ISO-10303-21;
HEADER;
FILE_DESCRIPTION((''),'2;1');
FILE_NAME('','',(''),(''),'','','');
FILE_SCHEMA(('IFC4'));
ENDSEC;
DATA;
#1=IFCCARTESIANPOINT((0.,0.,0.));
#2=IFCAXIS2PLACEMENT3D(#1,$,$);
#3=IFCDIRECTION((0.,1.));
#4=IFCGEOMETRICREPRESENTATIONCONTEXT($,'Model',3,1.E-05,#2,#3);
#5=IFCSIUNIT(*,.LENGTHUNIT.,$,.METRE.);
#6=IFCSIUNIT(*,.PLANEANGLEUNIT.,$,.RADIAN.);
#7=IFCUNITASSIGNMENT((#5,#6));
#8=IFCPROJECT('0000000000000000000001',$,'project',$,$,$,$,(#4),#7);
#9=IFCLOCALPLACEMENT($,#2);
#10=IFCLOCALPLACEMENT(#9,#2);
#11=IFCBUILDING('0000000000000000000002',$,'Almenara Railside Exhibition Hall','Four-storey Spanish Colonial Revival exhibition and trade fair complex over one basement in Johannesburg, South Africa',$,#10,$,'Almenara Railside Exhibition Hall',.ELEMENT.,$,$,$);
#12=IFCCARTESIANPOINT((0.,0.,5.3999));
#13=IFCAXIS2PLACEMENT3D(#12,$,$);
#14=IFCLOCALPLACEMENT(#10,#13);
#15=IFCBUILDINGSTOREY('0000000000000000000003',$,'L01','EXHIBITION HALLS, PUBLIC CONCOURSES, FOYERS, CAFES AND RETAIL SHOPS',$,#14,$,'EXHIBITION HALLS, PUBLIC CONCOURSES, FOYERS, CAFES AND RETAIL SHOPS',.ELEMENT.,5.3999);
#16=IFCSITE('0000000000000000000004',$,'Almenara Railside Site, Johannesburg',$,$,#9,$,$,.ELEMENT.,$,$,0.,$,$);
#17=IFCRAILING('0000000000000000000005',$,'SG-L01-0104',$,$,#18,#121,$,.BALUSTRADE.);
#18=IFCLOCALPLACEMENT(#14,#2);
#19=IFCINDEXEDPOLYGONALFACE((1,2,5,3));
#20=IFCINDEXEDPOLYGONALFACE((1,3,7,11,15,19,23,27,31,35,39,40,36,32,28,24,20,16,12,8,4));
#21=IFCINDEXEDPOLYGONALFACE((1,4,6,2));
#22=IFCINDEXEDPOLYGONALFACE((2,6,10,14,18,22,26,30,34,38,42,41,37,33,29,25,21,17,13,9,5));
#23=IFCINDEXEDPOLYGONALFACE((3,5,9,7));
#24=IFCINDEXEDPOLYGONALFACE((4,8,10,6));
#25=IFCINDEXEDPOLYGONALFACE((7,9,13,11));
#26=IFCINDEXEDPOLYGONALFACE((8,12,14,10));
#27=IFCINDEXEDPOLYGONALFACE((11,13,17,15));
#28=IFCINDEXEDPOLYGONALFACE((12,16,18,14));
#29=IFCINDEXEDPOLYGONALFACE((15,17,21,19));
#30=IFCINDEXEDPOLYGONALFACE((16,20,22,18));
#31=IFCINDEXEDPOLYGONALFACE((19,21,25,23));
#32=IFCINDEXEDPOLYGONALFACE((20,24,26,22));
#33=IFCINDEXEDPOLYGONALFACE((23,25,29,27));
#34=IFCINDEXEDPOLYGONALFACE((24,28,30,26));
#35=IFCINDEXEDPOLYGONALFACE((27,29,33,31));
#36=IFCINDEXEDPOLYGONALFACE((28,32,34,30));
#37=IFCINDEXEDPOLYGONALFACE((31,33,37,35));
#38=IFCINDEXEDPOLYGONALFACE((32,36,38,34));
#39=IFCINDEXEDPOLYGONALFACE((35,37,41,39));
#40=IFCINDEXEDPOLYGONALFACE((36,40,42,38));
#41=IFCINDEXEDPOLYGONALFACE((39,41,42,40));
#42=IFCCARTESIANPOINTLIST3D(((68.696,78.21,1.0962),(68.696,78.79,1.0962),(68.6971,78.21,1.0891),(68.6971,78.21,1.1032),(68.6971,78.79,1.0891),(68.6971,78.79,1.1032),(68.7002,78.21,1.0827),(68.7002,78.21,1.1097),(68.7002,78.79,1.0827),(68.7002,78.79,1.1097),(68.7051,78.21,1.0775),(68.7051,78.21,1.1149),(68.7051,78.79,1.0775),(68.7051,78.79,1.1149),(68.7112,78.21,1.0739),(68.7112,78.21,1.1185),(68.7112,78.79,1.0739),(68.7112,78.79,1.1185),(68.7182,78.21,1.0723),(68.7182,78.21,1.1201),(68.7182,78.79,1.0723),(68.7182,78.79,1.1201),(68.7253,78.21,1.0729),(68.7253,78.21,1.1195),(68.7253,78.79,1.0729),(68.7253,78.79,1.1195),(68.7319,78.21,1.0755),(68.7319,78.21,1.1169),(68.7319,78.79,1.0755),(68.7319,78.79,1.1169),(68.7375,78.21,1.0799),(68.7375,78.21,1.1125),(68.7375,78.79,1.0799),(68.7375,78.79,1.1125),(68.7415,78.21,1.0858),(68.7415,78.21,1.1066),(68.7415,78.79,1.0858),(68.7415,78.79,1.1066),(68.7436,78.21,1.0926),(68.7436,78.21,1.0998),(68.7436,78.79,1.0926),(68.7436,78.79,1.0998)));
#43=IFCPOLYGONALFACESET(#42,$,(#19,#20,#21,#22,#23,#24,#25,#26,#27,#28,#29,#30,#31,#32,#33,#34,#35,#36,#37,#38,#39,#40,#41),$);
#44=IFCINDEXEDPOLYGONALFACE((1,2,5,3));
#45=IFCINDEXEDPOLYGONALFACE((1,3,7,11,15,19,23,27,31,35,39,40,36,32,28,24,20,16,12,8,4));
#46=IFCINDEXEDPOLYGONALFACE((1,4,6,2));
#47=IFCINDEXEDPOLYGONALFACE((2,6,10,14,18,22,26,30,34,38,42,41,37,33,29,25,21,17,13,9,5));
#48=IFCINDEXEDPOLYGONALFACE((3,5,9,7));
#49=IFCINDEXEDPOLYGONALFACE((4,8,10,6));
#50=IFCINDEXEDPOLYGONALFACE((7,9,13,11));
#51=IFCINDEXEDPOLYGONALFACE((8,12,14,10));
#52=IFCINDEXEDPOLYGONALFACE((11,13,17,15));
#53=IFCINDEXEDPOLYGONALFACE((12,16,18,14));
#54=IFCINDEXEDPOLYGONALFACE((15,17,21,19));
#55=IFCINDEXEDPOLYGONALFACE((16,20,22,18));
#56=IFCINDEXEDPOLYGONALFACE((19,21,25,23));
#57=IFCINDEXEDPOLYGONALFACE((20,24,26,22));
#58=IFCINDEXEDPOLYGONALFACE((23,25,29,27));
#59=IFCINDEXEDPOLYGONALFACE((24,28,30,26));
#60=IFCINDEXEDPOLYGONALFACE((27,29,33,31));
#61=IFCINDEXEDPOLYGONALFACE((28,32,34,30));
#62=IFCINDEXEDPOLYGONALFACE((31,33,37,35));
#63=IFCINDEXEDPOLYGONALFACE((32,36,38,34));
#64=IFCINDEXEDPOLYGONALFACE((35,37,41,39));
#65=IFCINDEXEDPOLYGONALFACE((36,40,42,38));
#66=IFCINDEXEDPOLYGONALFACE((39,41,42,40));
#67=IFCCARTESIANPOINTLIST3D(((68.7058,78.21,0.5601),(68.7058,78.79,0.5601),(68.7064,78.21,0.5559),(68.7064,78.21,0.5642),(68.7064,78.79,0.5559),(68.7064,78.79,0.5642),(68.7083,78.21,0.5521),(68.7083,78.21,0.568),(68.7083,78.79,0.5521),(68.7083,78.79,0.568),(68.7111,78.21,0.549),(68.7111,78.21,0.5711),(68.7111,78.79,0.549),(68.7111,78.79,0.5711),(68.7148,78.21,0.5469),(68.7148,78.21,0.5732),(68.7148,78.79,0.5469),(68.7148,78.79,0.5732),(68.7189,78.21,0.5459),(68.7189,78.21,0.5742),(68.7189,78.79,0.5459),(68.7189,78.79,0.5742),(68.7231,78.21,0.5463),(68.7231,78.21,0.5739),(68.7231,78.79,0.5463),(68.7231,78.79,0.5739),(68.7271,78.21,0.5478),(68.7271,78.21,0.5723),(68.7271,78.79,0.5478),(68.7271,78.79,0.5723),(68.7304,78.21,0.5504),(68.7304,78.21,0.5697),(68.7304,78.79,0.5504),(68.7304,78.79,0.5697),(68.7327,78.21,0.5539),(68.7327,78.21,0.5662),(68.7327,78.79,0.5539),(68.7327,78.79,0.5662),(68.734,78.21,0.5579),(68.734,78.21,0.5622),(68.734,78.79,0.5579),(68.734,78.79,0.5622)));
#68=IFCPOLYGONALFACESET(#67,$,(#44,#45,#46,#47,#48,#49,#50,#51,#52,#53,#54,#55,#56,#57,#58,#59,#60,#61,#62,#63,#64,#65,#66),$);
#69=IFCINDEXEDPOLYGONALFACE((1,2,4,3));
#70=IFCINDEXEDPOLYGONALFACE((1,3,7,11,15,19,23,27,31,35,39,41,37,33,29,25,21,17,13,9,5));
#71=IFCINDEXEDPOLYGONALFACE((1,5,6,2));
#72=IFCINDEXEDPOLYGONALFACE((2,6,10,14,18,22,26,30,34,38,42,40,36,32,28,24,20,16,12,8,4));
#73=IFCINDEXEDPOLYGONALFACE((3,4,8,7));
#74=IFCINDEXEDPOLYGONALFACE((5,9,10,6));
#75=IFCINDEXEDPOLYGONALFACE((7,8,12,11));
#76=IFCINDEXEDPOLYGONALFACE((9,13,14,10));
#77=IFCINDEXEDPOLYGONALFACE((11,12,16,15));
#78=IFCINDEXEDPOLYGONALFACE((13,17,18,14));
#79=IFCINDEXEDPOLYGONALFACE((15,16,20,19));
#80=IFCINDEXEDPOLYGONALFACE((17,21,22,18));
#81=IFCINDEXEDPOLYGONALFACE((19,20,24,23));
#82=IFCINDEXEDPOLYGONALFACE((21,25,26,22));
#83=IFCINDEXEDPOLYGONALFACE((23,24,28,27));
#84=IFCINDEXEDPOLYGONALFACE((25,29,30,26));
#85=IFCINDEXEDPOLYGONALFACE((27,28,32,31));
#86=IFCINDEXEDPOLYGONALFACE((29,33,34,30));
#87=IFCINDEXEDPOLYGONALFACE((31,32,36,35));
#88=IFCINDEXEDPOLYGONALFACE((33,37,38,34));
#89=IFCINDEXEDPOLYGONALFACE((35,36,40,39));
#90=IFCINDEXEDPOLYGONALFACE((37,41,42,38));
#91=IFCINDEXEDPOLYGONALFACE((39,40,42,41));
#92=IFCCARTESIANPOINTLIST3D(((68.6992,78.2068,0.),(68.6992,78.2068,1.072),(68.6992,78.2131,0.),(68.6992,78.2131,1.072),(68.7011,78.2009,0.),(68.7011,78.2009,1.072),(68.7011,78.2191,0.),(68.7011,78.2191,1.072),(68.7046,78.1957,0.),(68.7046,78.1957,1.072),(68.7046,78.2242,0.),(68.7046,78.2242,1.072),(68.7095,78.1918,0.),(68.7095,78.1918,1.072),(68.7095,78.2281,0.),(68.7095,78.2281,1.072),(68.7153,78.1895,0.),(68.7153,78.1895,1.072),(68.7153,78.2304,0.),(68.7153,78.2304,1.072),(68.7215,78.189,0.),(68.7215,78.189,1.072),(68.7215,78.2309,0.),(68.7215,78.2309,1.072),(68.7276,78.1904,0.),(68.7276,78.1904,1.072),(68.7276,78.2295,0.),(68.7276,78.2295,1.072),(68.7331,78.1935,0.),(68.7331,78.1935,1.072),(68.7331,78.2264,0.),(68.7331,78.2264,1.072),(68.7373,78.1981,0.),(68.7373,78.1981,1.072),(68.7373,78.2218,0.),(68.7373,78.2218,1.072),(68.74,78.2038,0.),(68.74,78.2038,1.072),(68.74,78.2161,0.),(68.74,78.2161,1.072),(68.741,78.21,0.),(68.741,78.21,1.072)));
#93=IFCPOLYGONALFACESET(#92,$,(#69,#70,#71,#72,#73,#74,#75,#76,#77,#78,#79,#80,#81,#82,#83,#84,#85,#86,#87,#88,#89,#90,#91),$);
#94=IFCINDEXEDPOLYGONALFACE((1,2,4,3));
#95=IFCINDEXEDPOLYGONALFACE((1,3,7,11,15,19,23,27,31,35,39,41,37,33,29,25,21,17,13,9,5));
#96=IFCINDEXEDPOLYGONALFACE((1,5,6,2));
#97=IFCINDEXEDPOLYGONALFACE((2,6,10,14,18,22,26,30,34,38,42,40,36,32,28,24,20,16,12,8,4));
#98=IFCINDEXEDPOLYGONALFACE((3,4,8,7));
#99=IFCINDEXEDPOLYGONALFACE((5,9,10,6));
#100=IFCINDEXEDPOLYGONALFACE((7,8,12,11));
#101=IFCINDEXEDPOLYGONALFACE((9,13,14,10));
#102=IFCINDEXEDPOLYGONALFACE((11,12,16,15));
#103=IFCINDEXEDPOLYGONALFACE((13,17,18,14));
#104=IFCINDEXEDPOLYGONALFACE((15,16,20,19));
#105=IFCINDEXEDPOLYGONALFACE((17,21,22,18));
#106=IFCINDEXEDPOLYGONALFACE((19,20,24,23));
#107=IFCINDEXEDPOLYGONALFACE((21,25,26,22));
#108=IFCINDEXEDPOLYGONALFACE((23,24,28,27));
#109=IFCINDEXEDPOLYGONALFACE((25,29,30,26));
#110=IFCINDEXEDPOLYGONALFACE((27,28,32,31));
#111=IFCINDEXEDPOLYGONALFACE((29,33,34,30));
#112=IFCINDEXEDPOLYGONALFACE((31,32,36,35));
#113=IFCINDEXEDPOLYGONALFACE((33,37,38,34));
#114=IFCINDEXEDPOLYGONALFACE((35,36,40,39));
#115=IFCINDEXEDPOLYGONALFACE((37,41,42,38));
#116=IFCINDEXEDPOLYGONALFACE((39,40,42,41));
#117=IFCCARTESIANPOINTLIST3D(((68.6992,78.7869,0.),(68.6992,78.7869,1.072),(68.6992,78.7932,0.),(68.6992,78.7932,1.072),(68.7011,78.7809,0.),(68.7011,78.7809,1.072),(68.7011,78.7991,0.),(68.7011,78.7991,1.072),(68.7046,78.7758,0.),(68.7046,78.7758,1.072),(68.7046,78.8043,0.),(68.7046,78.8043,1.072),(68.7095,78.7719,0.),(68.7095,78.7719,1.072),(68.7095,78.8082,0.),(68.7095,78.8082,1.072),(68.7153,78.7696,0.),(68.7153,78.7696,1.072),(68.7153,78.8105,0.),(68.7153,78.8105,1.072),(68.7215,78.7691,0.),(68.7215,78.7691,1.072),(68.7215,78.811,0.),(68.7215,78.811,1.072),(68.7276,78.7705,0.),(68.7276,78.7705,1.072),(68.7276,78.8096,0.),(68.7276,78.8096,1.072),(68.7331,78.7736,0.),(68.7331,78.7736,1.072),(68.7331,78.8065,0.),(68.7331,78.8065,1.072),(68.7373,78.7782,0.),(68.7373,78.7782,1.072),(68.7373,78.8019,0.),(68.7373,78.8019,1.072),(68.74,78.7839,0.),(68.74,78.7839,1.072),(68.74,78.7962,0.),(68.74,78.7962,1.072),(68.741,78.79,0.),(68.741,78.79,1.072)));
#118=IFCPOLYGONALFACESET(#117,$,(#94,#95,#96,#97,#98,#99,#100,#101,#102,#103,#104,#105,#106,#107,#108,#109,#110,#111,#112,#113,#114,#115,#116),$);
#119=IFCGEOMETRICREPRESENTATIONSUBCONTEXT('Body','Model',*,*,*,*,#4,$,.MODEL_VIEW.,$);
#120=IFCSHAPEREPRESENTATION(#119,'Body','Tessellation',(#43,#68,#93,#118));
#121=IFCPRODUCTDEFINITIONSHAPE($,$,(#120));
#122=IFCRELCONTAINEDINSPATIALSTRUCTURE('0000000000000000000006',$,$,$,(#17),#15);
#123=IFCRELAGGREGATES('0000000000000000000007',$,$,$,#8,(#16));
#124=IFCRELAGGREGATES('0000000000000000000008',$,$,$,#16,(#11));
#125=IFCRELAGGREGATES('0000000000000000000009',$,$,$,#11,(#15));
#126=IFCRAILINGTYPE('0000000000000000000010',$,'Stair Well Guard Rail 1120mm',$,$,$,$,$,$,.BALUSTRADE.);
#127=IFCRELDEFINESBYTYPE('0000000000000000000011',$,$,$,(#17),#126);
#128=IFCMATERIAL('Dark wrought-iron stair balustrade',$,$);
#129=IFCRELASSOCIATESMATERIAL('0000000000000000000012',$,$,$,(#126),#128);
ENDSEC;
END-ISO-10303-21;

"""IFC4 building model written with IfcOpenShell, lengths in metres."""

from ifc_helpers import new_model, si_unit, direction, frame, origin, origin_2d, place, context, subcontext, project, spatial, circle, extrude, material, type_object, element, save


model = new_model("IFC4")

# Units and contexts
model_context = context("Model", 3, precision=1e-05, world=origin(), true_north=direction((0.0, 1.0)))
body_context = subcontext(model_context, "Body", "Model", "MODEL_VIEW")
ifc_project = project(units=[si_unit("LENGTHUNIT", "METRE"), si_unit("PLANEANGLEUNIT", "RADIAN")], contexts=[model_context])

# Site, building, storey
site_placement = place(None, origin())
site = spatial("IfcSite", under=ifc_project, at=site_placement, Name="Almenara Railside Site, Johannesburg", CompositionType="ELEMENT", RefElevation=0.0)
building_placement = place(site_placement, origin())
building = spatial("IfcBuilding", under=site, at=building_placement, Name="Almenara Railside Exhibition Hall", Description="Four-storey Spanish Colonial Revival exhibition and trade fair complex over one basement in Johannesburg, South Africa", LongName="Almenara Railside Exhibition Hall", CompositionType="ELEMENT")
storey_placement = place(building_placement, frame((0.0, 0.0, 5.3999)))
storey = spatial("IfcBuildingStorey", under=building, at=storey_placement, Name="L01", Description="EXHIBITION HALLS, PUBLIC CONCOURSES, FOYERS, CAFES AND RETAIL SHOPS", LongName="EXHIBITION HALLS, PUBLIC CONCOURSES, FOYERS, CAFES AND RETAIL SHOPS", CompositionType="ELEMENT", Elevation=5.3999)

# Railing
ifc_material_1 = material(Name="Dark wrought-iron stair balustrade")
railing_type_1 = type_object("IfcRailingType", Name="Stair Well Guard Rail 1120mm", PredefinedType="BALUSTRADE", material=ifc_material_1)
railing_1_placement = place(storey_placement, frame((68.72, 78.21, 0.0)))
element("IfcRailing", 1, at=railing_1_placement, inside=storey, type_object=railing_type_1, Name="SG-L01-0104", PredefinedType="BALUSTRADE", context=body_context, shape_type="SweptSolid", body=[
    extrude(circle(Radius=0.0239, at=origin_2d()), frame((0.0, 0.0, 1.0962), z_axis=(0.0, 1.0, 0.0), x_axis=(-1.0, 0.0, 0.0)), (0.0, 0.0, 1.0), 0.5801),
    extrude(circle(Radius=0.0142, at=origin_2d()), frame((0.0, 0.0, 0.5601), z_axis=(0.0, 1.0, 0.0), x_axis=(-1.0, 0.0, 0.0)), (0.0, 0.0, 1.0), 0.5801),
    extrude(circle(Radius=0.021, at=origin_2d()), origin(), (0.0, 0.0, 1.0), 1.072),
    extrude(circle(Radius=0.021, at=origin_2d()), frame((0.0, 0.5801, 0.0)), (0.0, 0.0, 1.0), 1.072),
])

save(model, "model.ifc")
